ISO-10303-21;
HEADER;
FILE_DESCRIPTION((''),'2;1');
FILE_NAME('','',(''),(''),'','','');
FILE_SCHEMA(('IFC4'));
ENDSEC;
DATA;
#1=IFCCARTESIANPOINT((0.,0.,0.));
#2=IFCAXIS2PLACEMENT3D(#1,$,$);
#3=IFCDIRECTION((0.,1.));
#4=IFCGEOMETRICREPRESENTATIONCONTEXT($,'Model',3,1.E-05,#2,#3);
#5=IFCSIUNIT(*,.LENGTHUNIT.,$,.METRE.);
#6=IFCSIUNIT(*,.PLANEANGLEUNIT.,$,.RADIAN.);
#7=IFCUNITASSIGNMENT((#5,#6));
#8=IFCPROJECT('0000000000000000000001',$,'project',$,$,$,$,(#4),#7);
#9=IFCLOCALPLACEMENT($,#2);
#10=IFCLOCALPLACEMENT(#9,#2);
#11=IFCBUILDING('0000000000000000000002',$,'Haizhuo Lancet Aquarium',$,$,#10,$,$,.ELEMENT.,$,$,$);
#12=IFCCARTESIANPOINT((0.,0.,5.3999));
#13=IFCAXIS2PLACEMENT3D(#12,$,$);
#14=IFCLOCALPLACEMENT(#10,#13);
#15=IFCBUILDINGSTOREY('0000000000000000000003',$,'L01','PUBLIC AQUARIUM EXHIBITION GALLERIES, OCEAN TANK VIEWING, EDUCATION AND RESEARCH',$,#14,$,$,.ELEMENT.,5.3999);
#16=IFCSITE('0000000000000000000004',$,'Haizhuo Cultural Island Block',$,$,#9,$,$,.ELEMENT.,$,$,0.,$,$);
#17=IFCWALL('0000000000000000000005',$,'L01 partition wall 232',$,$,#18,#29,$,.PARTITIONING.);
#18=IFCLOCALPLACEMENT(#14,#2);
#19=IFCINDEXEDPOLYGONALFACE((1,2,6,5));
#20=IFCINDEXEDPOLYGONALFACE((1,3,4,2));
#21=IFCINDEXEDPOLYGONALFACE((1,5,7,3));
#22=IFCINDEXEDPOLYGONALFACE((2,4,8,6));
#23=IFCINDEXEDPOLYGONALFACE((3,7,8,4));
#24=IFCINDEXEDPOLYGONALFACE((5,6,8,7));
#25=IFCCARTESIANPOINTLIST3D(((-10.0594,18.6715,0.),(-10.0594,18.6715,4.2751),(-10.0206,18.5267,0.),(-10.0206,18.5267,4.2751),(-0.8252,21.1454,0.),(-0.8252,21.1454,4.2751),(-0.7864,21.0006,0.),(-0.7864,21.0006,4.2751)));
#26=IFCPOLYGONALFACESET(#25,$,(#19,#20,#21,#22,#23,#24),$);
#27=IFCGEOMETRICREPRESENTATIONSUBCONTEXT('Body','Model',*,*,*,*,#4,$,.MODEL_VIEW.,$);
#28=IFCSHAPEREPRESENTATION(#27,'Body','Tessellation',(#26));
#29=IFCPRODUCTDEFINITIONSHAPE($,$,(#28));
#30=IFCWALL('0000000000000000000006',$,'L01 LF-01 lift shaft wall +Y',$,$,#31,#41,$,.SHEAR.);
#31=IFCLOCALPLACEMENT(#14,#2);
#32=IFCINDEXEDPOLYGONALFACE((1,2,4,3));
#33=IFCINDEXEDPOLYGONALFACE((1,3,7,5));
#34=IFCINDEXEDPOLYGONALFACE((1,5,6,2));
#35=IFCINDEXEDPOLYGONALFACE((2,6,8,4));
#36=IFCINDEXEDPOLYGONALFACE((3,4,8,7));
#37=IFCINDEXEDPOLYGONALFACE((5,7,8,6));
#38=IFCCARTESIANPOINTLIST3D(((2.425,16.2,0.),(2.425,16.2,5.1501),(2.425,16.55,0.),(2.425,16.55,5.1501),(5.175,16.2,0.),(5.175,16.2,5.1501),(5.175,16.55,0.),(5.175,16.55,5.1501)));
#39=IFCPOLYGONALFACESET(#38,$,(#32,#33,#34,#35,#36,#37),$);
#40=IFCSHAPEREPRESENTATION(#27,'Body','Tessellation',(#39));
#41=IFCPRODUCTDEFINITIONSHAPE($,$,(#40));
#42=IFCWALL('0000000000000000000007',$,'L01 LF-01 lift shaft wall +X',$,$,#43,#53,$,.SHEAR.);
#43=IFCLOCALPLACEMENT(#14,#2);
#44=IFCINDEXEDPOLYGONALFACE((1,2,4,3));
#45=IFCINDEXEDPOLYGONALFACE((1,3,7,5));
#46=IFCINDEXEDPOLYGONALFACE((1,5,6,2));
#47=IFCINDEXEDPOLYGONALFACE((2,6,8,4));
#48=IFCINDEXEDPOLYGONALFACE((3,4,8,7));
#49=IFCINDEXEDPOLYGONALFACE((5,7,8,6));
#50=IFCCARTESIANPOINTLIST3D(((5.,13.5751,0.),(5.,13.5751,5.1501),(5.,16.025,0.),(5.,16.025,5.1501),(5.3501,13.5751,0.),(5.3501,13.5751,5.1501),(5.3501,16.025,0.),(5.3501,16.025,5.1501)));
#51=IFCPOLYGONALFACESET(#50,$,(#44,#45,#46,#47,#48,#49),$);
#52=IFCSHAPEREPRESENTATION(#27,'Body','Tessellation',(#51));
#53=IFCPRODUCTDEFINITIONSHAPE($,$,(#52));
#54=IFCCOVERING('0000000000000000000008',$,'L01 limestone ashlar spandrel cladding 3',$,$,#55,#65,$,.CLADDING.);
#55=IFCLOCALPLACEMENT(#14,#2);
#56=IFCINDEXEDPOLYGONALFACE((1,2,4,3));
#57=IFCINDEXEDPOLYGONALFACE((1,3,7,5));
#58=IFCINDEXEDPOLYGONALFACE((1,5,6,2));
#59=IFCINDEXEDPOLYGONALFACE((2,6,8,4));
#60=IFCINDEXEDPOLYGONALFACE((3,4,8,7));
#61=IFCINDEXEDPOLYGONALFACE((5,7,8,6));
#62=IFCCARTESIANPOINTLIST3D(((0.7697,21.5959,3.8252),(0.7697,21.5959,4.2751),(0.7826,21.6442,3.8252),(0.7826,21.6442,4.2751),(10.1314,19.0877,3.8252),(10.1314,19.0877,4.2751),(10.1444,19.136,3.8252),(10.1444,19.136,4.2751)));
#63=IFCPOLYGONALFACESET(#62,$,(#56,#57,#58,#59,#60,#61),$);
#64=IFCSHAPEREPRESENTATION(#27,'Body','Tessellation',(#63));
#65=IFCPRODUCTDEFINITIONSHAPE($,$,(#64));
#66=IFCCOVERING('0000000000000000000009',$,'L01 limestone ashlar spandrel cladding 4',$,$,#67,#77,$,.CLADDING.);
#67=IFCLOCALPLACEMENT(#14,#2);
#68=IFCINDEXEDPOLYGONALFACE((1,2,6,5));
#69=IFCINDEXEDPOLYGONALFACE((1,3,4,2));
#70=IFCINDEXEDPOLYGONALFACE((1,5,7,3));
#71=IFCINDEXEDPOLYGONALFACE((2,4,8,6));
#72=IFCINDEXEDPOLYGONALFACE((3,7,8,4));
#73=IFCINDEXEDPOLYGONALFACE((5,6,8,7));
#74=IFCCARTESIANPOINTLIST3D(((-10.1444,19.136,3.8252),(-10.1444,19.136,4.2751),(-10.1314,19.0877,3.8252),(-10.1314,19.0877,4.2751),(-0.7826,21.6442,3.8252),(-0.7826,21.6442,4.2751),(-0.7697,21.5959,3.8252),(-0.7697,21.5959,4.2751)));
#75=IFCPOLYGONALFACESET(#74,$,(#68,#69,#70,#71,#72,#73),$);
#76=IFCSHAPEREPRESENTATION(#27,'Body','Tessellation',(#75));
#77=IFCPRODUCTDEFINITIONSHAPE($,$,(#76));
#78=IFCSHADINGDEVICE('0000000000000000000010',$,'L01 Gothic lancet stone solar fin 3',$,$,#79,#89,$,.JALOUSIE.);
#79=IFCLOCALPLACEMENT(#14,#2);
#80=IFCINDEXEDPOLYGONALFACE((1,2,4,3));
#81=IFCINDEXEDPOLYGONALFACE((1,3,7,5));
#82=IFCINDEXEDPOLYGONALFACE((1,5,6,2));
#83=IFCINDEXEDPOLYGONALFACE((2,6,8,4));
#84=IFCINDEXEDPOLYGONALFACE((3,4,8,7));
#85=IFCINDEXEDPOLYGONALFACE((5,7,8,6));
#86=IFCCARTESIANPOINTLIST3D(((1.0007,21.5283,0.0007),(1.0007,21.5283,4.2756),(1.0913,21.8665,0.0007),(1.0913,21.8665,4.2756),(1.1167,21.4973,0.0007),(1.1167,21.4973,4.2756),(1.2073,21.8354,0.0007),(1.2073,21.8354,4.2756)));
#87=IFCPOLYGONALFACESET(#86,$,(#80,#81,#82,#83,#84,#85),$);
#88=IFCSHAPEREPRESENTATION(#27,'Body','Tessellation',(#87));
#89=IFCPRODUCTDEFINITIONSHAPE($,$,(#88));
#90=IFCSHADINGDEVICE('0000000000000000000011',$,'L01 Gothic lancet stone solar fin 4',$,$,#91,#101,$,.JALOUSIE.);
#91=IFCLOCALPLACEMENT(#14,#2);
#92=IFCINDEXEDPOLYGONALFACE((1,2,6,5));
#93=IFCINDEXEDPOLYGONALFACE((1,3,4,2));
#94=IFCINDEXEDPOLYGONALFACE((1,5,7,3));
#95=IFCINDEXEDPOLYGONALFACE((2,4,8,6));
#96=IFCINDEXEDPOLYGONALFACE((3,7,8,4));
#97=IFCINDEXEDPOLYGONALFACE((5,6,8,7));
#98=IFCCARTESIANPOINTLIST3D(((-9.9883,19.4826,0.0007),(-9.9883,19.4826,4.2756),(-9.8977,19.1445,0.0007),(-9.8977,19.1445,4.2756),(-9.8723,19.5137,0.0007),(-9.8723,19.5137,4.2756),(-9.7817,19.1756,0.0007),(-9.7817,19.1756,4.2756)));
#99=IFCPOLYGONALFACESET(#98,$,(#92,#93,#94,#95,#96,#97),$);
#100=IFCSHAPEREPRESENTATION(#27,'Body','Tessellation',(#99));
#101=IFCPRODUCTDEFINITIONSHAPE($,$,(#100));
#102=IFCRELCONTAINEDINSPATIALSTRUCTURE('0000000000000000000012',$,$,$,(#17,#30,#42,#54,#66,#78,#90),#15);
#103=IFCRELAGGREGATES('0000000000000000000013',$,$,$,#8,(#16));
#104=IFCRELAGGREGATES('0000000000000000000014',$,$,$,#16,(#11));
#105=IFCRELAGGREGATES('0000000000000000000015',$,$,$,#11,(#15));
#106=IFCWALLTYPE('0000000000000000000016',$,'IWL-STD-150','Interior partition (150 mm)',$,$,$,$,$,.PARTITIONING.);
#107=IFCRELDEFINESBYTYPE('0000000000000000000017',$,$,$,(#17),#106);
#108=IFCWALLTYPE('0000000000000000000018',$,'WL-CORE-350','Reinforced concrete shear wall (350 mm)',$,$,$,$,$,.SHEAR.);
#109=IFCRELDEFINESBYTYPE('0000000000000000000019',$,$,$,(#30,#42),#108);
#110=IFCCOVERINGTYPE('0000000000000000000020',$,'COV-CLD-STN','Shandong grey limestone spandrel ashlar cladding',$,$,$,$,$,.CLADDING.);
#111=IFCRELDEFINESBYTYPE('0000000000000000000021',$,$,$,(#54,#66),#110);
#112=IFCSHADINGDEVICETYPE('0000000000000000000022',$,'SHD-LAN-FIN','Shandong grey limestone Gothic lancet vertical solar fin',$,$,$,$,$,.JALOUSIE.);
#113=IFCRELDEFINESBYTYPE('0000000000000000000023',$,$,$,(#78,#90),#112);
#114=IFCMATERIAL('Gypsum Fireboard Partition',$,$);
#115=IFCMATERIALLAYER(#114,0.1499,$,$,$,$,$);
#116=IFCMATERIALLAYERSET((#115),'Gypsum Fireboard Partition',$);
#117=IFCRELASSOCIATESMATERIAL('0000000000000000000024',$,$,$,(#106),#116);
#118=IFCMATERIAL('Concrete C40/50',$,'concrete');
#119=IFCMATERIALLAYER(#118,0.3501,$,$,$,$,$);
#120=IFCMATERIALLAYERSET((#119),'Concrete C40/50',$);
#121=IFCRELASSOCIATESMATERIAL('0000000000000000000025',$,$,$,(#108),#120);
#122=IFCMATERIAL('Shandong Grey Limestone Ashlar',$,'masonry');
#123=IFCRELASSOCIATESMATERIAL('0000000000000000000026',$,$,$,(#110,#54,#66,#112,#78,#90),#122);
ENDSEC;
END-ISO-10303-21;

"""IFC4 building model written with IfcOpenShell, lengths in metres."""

from ifc_helpers import new_model, si_unit, direction, frame, frame_2d, origin, origin_2d, place, context, subcontext, project, spatial, rectangle, extrude, material, layer, layer_set, type_object, element, save


model = new_model("IFC4")

# Units and contexts
model_context = context("Model", 3, precision=1e-05, world=origin(), true_north=direction((0.0, 1.0)))
body_context = subcontext(model_context, "Body", "Model", "MODEL_VIEW")
ifc_project = project(units=[si_unit("LENGTHUNIT", "METRE"), si_unit("PLANEANGLEUNIT", "RADIAN")], contexts=[model_context])

# Site, building, storey
site_placement = place(None, origin())
site = spatial("IfcSite", under=ifc_project, at=site_placement, Name="Haizhuo Cultural Island Block", CompositionType="ELEMENT", RefElevation=0.0)
building_placement = place(site_placement, origin())
building = spatial("IfcBuilding", under=site, at=building_placement, Name="Haizhuo Lancet Aquarium", CompositionType="ELEMENT")
storey_placement = place(building_placement, frame((0.0, 0.0, 5.3999)))
storey = spatial("IfcBuildingStorey", under=building, at=storey_placement, Name="L01", Description="PUBLIC AQUARIUM EXHIBITION GALLERIES, OCEAN TANK VIEWING, EDUCATION AND RESEARCH", CompositionType="ELEMENT", Elevation=5.3999)

# Shared definitions
ifc_material_1 = material(Name="Concrete C40/50", Category="concrete")

# Shared definitions
ifc_material_2 = material(Name="Shandong Grey Limestone Ashlar", Category="masonry")

# Walls
ifc_material_3 = material(Name="Gypsum Fireboard Partition")
ifc_layer_1 = layer(ifc_material_3, 0.1499)
ifc_layer_set_1 = layer_set([ifc_layer_1], Name="Gypsum Fireboard Partition")
wall_type_1 = type_object("IfcWallType", Name="IWL-STD-150", Description="Interior partition (150 mm)", PredefinedType="PARTITIONING", material=ifc_layer_set_1)
wall_1_placement = place(storey_placement, frame((-0.8059, 21.073, 0.0), z_axis=(0.0, 0.0, 1.0), x_axis=(-0.965936, -0.25878, 0.0)))
element("IfcWall", 1, at=wall_1_placement, inside=storey, type_object=wall_type_1, Name="L01 partition wall 232", PredefinedType="PARTITIONING", context=body_context, shape_type="SweptSolid", body=[
    extrude(rectangle(XDim=9.5598, YDim=0.1499, at=frame_2d((4.7798, 0.0))), origin(), (0.0, 0.0, 1.0), 4.2751),
])
ifc_layer_2 = layer(ifc_material_1, 0.3501)
ifc_layer_set_2 = layer_set([ifc_layer_2], Name="Concrete C40/50")
wall_type_2 = type_object("IfcWallType", Name="WL-CORE-350", Description="Reinforced concrete shear wall (350 mm)", PredefinedType="SHEAR", material=ifc_layer_set_2)
wall_2_placement = place(storey_placement, frame((5.175, 16.375, 0.0), z_axis=(0.0, 0.0, 1.0), x_axis=(-1.0, 0.0, 0.0)))
element("IfcWall", 2, at=wall_2_placement, inside=storey, type_object=wall_type_2, Name="L01 LF-01 lift shaft wall +Y", PredefinedType="SHEAR", context=body_context, shape_type="SweptSolid", body=[
    extrude(rectangle(XDim=2.75, YDim=0.3501, at=frame_2d((1.375, 0.0))), origin(), (0.0, 0.0, 1.0), 5.1501),
])
wall_3_placement = place(storey_placement, frame((5.175, 13.575, 0.0), z_axis=(0.0, 0.0, 1.0), x_axis=(0.0, 1.0, 0.0)))
element("IfcWall", 3, at=wall_3_placement, inside=storey, type_object=wall_type_2, Name="L01 LF-01 lift shaft wall +X", PredefinedType="SHEAR", context=body_context, shape_type="SweptSolid", body=[
    extrude(rectangle(XDim=2.45, YDim=0.3501, at=frame_2d((1.2251, 0.0))), origin(), (0.0, 0.0, 1.0), 5.1501),
])

# Coverings
covering_type = type_object("IfcCoveringType", Name="COV-CLD-STN", Description="Shandong grey limestone spandrel ashlar cladding", PredefinedType="CLADDING", material=ifc_material_2)
for number, where, z_axis, x_axis, name in (
    (4, (5.457, 20.366, 3.8252), (0.0, 0.0, 1.0), (0.965933, -0.258794, 0.0), "L01 limestone ashlar spandrel cladding 3"),
    (5, (-5.457, 20.366, 3.8252), (0.0, 0.0, 1.0), (0.965933, 0.258794, 0.0), "L01 limestone ashlar spandrel cladding 4"),
):
    element("IfcCovering", number, at=place(storey_placement, frame(where, z_axis=z_axis, x_axis=x_axis)), inside=storey, type_object=covering_type, material=ifc_material_2, Name=name, PredefinedType="CLADDING", context=body_context, shape_type="SweptSolid", body=[
        extrude(rectangle(XDim=9.6919, YDim=0.05, at=origin_2d()), origin(), (0.0, 0.0, 1.0), 0.45),
    ])

# Shading devices
shading_device_type = type_object("IfcShadingDeviceType", Name="SHD-LAN-FIN", Description="Shandong grey limestone Gothic lancet vertical solar fin", PredefinedType="JALOUSIE", material=ifc_material_2)
for number, where, z_axis, x_axis, name in (
    (6, (1.104, 21.6819, 0.0007), (0.0, 0.0, 1.0), (0.965933, -0.258794, 0.0), "L01 Gothic lancet stone solar fin 3"),
    (7, (-9.885, 19.3291, 0.0007), (0.0, 0.0, 1.0), (0.965933, 0.258794, 0.0), "L01 Gothic lancet stone solar fin 4"),
):
    element("IfcShadingDevice", number, at=place(storey_placement, frame(where, z_axis=z_axis, x_axis=x_axis)), inside=storey, type_object=shading_device_type, material=ifc_material_2, Name=name, PredefinedType="JALOUSIE", context=body_context, shape_type="SweptSolid", body=[
        extrude(rectangle(XDim=0.1201, YDim=0.3501, at=origin_2d()), origin(), (0.0, 0.0, 1.0), 4.2749),
    ])

save(model, "model.ifc")
